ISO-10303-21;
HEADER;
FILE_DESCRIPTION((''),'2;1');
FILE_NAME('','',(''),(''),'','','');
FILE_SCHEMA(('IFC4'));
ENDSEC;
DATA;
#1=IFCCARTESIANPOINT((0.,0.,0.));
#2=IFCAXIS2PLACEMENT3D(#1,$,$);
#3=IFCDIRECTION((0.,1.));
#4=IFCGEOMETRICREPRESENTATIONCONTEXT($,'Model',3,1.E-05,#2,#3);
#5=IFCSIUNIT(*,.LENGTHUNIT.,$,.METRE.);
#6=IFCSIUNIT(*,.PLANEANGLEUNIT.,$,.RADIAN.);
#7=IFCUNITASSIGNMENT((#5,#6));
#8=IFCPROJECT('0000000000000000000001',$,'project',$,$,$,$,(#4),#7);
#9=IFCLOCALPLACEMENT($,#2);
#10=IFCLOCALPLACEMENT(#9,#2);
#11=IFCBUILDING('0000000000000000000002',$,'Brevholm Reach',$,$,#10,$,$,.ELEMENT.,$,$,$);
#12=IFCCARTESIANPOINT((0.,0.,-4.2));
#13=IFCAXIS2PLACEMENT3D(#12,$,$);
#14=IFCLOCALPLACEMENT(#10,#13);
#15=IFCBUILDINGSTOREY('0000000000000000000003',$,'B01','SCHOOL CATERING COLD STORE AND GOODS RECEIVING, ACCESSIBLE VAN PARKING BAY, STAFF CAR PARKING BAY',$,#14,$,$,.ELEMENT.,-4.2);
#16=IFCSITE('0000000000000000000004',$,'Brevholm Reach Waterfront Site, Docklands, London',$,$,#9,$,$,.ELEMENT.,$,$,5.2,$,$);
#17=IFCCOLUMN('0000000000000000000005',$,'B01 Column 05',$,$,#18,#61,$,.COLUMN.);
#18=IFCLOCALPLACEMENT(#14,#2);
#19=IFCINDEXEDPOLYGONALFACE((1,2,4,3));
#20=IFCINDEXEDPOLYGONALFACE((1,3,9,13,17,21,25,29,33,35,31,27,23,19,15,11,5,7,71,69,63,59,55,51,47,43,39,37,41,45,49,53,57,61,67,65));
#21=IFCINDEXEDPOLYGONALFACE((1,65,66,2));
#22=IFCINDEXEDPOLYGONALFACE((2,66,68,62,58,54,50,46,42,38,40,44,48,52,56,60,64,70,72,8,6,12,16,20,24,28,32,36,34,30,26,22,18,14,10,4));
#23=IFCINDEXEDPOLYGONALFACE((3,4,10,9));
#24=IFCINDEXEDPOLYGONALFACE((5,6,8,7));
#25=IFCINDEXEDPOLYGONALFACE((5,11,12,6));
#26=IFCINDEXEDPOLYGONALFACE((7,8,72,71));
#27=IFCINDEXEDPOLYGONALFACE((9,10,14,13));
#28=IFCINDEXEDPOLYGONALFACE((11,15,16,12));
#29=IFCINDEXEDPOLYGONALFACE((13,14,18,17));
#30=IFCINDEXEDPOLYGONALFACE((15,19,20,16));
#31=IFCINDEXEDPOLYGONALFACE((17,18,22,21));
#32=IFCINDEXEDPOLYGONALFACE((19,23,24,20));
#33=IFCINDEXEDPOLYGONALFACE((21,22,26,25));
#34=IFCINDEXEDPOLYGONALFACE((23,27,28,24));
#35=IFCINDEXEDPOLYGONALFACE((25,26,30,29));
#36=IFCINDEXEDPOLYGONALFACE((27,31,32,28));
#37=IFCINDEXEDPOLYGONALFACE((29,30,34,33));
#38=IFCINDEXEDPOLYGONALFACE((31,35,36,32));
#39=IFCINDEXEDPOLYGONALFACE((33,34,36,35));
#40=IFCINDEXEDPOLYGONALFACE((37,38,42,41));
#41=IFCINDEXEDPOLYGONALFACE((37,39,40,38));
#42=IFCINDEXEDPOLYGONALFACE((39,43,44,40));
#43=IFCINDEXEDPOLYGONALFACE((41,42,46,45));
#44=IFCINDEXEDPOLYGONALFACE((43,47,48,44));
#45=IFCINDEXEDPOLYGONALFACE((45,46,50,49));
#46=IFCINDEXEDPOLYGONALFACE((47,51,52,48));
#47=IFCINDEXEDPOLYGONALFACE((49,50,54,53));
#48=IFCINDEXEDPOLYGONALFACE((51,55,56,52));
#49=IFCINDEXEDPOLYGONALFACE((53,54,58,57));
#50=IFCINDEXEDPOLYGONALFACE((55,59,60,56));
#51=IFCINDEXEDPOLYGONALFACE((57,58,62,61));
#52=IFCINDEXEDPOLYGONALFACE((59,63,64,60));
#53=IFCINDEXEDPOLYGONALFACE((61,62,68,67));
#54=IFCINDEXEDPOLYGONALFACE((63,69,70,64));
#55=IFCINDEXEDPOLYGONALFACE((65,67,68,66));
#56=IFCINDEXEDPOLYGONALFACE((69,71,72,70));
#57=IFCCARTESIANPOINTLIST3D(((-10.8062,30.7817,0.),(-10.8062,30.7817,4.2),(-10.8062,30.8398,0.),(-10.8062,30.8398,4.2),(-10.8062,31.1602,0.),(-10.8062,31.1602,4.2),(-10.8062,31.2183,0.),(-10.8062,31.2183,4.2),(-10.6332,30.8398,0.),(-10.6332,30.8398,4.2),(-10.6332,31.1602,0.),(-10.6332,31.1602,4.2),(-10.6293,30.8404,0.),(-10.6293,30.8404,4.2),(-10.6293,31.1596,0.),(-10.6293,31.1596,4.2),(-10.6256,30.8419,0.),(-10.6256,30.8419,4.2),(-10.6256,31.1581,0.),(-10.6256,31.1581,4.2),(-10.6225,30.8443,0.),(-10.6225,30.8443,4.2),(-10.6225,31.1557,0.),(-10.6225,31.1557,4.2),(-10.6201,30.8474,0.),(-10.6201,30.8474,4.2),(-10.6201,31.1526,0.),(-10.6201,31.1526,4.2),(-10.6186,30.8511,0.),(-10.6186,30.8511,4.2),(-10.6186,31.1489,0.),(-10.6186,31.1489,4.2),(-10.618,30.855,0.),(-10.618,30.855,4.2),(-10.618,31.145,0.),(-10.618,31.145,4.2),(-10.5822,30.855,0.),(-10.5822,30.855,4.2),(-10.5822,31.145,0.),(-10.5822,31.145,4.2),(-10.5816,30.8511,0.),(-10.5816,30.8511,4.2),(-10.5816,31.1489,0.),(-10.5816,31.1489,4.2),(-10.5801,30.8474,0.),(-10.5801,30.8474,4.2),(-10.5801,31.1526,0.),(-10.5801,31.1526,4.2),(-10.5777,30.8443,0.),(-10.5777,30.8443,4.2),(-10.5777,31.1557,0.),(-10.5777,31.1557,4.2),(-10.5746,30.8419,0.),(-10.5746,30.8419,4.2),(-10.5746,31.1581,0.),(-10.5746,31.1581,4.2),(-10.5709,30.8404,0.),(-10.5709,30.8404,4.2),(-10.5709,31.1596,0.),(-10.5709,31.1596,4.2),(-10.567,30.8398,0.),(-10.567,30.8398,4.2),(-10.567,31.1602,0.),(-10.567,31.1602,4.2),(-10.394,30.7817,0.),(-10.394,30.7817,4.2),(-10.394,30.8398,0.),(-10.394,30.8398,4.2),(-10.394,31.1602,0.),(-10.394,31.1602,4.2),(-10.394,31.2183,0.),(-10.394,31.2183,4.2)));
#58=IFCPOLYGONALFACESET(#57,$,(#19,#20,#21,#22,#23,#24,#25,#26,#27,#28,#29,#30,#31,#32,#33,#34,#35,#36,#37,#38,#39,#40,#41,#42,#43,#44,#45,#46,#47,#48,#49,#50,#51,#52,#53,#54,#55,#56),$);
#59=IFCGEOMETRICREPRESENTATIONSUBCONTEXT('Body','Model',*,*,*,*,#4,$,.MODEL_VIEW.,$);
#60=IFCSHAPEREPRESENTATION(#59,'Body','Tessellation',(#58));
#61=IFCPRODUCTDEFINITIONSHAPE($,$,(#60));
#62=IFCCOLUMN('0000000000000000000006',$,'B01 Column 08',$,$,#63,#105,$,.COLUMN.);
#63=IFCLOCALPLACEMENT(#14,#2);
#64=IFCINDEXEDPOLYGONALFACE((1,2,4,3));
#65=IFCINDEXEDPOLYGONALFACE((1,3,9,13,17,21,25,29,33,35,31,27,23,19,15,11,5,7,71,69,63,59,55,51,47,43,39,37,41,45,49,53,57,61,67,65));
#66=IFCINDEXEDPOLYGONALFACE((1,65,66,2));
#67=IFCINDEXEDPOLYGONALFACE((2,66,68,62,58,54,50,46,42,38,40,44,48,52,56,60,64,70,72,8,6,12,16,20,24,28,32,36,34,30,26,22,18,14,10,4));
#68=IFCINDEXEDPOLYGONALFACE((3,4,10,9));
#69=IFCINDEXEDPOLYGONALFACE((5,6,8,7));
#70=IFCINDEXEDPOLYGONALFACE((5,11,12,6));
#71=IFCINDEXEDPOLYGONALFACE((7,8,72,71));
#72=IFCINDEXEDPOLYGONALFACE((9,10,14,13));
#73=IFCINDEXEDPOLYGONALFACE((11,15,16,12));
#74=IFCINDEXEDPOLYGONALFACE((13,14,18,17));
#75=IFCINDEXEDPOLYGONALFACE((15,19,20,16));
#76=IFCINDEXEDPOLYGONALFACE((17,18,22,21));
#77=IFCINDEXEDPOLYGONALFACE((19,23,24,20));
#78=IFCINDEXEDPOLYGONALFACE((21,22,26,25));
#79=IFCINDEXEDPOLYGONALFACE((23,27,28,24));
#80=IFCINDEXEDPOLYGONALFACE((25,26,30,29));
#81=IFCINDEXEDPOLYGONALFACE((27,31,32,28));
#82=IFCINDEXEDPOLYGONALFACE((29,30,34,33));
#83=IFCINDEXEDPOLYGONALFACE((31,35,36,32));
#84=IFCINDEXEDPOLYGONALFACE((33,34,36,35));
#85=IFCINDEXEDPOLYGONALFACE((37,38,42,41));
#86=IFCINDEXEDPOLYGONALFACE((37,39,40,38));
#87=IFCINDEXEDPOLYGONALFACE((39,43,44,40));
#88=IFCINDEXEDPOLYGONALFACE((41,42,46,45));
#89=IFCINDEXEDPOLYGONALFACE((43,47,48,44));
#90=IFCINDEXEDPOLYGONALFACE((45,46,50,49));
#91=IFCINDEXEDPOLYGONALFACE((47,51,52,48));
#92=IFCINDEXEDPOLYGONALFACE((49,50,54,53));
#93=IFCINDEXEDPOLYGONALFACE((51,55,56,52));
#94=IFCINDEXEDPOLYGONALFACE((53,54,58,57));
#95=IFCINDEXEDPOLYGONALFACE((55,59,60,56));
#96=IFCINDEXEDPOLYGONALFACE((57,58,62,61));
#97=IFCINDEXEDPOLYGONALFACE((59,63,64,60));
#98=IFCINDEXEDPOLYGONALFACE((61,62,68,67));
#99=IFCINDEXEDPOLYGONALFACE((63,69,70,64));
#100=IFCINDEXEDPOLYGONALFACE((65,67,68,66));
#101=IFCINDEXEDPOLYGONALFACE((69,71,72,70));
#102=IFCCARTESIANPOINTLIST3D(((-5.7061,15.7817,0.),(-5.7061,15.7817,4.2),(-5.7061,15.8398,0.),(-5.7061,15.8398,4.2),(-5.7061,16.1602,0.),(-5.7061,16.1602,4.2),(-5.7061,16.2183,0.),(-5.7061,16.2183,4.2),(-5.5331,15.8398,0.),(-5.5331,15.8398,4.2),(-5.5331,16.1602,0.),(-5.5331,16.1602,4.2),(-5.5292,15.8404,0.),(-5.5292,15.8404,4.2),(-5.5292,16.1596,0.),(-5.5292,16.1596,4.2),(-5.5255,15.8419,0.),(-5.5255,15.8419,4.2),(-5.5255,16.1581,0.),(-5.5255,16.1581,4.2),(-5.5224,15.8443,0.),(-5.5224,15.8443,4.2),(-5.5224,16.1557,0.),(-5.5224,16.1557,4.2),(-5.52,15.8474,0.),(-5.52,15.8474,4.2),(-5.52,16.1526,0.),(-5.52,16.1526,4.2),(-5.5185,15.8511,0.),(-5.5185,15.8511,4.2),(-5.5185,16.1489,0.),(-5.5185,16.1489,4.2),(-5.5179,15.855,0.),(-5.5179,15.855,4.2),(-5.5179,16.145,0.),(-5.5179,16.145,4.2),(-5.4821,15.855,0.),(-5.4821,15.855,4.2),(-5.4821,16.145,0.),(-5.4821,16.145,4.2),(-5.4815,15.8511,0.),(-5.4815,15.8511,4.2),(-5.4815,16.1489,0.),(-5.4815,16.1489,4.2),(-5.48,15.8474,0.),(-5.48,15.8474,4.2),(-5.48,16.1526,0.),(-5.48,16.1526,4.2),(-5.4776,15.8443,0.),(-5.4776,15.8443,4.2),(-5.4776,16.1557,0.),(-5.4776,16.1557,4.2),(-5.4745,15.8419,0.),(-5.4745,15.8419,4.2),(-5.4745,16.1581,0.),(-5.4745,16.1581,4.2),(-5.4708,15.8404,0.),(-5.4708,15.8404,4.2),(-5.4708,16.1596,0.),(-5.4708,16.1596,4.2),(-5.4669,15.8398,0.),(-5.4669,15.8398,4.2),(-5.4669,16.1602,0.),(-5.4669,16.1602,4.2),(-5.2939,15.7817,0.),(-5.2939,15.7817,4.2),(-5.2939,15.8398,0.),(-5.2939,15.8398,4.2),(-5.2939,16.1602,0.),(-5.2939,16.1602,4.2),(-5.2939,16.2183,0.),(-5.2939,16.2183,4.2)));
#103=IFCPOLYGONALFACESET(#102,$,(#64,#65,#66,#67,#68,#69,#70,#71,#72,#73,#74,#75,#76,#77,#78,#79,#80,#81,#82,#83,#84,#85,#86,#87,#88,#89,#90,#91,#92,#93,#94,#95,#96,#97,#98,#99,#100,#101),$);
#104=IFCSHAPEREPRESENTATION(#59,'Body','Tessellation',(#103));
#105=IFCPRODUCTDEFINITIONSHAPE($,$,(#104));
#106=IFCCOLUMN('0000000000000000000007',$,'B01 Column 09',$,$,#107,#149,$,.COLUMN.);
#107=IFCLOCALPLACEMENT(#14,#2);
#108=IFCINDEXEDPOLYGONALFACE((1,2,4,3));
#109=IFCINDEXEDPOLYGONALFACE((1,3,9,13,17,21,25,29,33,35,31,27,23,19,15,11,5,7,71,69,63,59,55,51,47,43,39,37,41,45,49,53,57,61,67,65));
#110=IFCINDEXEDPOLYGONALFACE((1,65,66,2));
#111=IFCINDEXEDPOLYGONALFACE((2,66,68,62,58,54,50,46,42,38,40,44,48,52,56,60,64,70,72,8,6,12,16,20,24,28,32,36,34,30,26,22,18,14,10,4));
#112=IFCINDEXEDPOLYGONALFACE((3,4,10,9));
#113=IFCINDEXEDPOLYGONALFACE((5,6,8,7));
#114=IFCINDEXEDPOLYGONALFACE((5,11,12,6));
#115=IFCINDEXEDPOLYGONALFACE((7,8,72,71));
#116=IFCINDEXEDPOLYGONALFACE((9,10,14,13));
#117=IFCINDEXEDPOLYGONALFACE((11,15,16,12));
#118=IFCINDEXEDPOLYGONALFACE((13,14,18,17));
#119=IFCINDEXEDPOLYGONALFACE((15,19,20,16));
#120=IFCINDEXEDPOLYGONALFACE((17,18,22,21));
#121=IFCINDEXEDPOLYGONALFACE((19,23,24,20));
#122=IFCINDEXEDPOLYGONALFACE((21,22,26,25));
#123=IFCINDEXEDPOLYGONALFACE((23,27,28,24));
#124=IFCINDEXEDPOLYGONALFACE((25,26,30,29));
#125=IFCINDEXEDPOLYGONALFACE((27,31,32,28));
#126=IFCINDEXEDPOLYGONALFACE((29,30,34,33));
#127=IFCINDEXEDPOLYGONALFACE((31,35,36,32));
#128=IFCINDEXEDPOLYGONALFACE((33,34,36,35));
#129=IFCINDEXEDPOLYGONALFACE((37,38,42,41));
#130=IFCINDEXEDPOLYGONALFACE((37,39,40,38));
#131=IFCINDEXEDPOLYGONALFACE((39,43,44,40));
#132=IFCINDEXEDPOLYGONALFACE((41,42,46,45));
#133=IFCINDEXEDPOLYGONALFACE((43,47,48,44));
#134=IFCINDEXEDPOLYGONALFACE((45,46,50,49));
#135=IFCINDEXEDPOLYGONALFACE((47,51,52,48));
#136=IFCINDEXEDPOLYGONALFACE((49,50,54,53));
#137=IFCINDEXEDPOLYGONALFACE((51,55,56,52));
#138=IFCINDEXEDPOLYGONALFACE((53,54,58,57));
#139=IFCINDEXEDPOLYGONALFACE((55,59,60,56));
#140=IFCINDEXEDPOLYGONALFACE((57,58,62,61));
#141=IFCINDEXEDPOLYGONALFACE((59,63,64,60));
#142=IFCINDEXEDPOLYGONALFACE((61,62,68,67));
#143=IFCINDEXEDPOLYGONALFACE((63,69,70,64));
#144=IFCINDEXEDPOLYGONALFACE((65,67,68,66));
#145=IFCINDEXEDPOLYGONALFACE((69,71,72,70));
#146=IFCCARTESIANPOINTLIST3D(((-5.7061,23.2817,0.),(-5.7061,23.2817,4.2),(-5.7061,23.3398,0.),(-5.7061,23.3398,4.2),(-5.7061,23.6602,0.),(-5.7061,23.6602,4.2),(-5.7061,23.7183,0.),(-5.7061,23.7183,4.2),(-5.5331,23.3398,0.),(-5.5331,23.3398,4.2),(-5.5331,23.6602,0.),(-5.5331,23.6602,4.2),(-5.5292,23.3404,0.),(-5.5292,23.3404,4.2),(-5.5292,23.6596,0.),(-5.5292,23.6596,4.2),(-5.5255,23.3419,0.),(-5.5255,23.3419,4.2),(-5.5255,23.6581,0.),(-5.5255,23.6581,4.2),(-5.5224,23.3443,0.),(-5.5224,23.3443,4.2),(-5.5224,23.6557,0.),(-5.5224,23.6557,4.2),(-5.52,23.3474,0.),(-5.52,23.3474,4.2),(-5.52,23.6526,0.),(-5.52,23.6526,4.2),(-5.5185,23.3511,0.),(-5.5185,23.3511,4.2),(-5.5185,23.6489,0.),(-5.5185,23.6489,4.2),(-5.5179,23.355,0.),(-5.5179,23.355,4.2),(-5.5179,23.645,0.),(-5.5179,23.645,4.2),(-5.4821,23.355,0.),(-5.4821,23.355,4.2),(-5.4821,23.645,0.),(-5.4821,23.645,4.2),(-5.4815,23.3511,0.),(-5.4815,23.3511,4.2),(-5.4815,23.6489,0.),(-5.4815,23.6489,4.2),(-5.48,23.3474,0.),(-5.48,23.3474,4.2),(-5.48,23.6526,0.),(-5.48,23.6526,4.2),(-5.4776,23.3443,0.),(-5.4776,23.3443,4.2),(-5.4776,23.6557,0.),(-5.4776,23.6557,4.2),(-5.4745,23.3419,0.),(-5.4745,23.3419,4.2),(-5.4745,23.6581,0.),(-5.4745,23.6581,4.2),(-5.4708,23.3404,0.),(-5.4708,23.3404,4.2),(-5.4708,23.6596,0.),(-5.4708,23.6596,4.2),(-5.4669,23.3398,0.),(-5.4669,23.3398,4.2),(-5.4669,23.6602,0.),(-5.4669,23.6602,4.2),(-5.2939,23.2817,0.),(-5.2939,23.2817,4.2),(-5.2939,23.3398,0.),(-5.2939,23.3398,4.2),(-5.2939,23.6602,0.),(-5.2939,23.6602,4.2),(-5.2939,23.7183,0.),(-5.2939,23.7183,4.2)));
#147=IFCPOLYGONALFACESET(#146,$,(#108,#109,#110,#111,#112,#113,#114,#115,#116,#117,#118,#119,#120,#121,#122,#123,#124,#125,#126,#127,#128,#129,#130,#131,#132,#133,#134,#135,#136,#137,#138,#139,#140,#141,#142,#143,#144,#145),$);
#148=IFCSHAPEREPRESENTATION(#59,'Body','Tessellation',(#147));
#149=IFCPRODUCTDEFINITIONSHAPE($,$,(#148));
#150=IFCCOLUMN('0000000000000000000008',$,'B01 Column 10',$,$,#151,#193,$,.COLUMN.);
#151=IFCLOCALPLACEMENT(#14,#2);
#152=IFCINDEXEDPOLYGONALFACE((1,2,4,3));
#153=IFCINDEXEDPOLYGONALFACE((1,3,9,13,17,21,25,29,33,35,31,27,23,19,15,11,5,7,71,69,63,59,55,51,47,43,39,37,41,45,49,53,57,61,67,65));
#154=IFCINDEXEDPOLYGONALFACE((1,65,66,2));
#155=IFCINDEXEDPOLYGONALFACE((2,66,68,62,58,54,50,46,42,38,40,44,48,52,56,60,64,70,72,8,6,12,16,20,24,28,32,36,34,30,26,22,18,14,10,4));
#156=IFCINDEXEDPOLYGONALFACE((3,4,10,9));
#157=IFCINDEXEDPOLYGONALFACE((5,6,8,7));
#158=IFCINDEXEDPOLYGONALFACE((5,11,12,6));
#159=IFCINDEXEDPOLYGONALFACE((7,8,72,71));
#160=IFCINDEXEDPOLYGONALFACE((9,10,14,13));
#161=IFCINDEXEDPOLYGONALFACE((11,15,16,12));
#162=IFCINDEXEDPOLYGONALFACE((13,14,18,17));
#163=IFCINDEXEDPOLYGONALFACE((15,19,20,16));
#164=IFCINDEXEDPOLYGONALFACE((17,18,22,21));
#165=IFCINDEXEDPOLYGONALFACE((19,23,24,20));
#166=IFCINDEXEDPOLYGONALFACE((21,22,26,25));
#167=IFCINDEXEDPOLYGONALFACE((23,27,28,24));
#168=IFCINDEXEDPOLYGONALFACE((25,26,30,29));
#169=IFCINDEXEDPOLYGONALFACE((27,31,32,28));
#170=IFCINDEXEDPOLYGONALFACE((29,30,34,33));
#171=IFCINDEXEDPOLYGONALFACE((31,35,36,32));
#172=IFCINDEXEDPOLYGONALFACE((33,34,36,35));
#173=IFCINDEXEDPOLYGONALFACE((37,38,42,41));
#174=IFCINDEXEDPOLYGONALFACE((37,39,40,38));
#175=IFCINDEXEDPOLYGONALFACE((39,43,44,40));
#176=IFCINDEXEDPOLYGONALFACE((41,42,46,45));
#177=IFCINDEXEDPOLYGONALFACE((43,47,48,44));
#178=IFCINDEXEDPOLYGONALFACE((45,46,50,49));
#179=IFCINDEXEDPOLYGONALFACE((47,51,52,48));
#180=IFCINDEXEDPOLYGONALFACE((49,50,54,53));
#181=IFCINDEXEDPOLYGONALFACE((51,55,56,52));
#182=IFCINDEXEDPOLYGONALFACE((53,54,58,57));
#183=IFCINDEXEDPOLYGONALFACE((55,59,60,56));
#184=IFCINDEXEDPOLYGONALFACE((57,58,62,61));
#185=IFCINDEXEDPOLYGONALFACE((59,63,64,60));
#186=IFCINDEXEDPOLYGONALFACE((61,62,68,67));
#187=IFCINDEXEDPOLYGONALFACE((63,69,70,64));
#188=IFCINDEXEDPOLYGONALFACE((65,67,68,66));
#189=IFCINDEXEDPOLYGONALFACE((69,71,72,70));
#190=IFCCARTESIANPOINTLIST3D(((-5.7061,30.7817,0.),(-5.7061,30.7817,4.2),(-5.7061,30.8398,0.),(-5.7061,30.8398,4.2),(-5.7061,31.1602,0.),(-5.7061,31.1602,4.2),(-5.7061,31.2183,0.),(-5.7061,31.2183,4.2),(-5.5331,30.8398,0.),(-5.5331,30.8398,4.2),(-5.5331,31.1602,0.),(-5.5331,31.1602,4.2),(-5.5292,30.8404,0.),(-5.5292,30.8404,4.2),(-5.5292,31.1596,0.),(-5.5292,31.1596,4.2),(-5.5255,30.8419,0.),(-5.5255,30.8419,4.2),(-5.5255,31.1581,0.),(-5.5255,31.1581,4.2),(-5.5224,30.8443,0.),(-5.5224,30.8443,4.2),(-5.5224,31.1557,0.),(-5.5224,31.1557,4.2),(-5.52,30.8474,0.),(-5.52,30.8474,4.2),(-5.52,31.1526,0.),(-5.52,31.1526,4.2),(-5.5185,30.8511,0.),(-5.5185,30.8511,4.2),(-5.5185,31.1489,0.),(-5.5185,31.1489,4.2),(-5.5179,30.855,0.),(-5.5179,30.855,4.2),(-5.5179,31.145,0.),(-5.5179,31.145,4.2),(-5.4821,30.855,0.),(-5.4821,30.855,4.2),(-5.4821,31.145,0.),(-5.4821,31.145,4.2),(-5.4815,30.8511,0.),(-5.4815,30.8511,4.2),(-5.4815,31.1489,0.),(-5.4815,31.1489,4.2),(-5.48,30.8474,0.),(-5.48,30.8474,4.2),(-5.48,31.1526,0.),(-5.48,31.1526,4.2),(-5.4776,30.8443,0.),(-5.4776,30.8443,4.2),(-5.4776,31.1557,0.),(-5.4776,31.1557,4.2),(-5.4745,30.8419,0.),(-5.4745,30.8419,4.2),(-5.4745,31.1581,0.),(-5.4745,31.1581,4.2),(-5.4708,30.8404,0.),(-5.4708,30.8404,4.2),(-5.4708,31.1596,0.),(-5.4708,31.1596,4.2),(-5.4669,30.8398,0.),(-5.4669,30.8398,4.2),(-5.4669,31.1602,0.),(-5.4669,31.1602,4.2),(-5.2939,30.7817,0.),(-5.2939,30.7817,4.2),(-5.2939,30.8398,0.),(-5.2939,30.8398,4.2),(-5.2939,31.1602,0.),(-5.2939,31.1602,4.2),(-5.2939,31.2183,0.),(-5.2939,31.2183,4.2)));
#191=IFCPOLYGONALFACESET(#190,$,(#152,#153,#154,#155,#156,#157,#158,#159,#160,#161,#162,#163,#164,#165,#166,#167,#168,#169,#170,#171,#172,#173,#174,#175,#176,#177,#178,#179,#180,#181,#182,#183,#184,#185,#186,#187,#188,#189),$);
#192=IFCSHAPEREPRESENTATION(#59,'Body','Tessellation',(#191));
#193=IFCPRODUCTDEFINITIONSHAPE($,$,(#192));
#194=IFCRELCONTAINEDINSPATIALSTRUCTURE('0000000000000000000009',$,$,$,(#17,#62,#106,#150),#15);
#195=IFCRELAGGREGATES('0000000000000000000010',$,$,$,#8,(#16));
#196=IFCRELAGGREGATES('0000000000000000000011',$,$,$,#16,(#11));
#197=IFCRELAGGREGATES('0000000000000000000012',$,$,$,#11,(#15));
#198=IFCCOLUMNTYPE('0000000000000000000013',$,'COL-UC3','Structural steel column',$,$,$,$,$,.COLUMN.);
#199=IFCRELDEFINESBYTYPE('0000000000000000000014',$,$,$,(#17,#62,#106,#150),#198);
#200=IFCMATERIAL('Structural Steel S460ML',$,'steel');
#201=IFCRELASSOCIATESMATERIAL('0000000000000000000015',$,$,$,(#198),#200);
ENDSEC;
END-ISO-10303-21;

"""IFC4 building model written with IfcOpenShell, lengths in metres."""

from ifc_helpers import new_model, si_unit, direction, frame, origin, origin_2d, place, context, subcontext, project, spatial, i_section, extrude, material, material_profile, profile_set, type_object, element, save


model = new_model("IFC4")

# Units and contexts
model_context = context("Model", 3, precision=1e-05, world=origin(), true_north=direction((0.0, 1.0)))
body_context = subcontext(model_context, "Body", "Model", "MODEL_VIEW")
ifc_project = project(units=[si_unit("LENGTHUNIT", "METRE"), si_unit("PLANEANGLEUNIT", "RADIAN")], contexts=[model_context])

# Site, building, storey
site_placement = place(None, origin())
site = spatial("IfcSite", under=ifc_project, at=site_placement, Name="Brevholm Reach Waterfront Site, Docklands, London", CompositionType="ELEMENT", RefElevation=5.2)
building_placement = place(site_placement, origin())
building = spatial("IfcBuilding", under=site, at=building_placement, Name="Brevholm Reach", CompositionType="ELEMENT")
storey_placement = place(building_placement, frame((0.0, 0.0, -4.2)))
storey = spatial("IfcBuildingStorey", under=building, at=storey_placement, Name="B01", Description="SCHOOL CATERING COLD STORE AND GOODS RECEIVING, ACCESSIBLE VAN PARKING BAY, STAFF CAR PARKING BAY", CompositionType="ELEMENT", Elevation=-4.2)

# Columns
ifc_material_1 = material(Name="Structural Steel S460ML", Category="steel")
ifc_material_profile_1 = material_profile(ifc_material_1, i_section(OverallWidth=0.4121, OverallDepth=0.4365, WebThickness=0.0359, FlangeThickness=0.0581, FilletRadius=0.0151, at=origin_2d()), Name="UKC 356x406x467")
ifc_profile_set_1 = profile_set([ifc_material_profile_1], Name="Structural Steel S460ML")
column_type_1 = type_object("IfcColumnType", Name="COL-UC3", Description="Structural steel column", PredefinedType="COLUMN", material=ifc_profile_set_1)
for number, where, z_axis, x_axis, name in (
    (1, (-10.6001, 31.0, 0.0), (0.0, 0.0, 1.0), (1.0, 0.0, 0.0), "B01 Column 05"),
    (2, (-5.5, 16.0, 0.0), (0.0, 0.0, 1.0), (1.0, 0.0, 0.0), "B01 Column 08"),
    (3, (-5.5, 23.5, 0.0), (0.0, 0.0, 1.0), (1.0, 0.0, 0.0), "B01 Column 09"),
    (4, (-5.5, 31.0, 0.0), (0.0, 0.0, 1.0), (1.0, 0.0, 0.0), "B01 Column 10"),
):
    element("IfcColumn", number, at=place(storey_placement, frame(where, z_axis=z_axis, x_axis=x_axis)), inside=storey, type_object=column_type_1, Name=name, PredefinedType="COLUMN", context=body_context, shape_type="SweptSolid", body=[
        extrude(i_section(OverallWidth=0.4121, OverallDepth=0.4365, WebThickness=0.0359, FlangeThickness=0.0581, FilletRadius=0.0151, at=origin_2d()), origin(), (0.0, 0.0, 1.0), 4.2),
    ])

save(model, "model.ifc")
